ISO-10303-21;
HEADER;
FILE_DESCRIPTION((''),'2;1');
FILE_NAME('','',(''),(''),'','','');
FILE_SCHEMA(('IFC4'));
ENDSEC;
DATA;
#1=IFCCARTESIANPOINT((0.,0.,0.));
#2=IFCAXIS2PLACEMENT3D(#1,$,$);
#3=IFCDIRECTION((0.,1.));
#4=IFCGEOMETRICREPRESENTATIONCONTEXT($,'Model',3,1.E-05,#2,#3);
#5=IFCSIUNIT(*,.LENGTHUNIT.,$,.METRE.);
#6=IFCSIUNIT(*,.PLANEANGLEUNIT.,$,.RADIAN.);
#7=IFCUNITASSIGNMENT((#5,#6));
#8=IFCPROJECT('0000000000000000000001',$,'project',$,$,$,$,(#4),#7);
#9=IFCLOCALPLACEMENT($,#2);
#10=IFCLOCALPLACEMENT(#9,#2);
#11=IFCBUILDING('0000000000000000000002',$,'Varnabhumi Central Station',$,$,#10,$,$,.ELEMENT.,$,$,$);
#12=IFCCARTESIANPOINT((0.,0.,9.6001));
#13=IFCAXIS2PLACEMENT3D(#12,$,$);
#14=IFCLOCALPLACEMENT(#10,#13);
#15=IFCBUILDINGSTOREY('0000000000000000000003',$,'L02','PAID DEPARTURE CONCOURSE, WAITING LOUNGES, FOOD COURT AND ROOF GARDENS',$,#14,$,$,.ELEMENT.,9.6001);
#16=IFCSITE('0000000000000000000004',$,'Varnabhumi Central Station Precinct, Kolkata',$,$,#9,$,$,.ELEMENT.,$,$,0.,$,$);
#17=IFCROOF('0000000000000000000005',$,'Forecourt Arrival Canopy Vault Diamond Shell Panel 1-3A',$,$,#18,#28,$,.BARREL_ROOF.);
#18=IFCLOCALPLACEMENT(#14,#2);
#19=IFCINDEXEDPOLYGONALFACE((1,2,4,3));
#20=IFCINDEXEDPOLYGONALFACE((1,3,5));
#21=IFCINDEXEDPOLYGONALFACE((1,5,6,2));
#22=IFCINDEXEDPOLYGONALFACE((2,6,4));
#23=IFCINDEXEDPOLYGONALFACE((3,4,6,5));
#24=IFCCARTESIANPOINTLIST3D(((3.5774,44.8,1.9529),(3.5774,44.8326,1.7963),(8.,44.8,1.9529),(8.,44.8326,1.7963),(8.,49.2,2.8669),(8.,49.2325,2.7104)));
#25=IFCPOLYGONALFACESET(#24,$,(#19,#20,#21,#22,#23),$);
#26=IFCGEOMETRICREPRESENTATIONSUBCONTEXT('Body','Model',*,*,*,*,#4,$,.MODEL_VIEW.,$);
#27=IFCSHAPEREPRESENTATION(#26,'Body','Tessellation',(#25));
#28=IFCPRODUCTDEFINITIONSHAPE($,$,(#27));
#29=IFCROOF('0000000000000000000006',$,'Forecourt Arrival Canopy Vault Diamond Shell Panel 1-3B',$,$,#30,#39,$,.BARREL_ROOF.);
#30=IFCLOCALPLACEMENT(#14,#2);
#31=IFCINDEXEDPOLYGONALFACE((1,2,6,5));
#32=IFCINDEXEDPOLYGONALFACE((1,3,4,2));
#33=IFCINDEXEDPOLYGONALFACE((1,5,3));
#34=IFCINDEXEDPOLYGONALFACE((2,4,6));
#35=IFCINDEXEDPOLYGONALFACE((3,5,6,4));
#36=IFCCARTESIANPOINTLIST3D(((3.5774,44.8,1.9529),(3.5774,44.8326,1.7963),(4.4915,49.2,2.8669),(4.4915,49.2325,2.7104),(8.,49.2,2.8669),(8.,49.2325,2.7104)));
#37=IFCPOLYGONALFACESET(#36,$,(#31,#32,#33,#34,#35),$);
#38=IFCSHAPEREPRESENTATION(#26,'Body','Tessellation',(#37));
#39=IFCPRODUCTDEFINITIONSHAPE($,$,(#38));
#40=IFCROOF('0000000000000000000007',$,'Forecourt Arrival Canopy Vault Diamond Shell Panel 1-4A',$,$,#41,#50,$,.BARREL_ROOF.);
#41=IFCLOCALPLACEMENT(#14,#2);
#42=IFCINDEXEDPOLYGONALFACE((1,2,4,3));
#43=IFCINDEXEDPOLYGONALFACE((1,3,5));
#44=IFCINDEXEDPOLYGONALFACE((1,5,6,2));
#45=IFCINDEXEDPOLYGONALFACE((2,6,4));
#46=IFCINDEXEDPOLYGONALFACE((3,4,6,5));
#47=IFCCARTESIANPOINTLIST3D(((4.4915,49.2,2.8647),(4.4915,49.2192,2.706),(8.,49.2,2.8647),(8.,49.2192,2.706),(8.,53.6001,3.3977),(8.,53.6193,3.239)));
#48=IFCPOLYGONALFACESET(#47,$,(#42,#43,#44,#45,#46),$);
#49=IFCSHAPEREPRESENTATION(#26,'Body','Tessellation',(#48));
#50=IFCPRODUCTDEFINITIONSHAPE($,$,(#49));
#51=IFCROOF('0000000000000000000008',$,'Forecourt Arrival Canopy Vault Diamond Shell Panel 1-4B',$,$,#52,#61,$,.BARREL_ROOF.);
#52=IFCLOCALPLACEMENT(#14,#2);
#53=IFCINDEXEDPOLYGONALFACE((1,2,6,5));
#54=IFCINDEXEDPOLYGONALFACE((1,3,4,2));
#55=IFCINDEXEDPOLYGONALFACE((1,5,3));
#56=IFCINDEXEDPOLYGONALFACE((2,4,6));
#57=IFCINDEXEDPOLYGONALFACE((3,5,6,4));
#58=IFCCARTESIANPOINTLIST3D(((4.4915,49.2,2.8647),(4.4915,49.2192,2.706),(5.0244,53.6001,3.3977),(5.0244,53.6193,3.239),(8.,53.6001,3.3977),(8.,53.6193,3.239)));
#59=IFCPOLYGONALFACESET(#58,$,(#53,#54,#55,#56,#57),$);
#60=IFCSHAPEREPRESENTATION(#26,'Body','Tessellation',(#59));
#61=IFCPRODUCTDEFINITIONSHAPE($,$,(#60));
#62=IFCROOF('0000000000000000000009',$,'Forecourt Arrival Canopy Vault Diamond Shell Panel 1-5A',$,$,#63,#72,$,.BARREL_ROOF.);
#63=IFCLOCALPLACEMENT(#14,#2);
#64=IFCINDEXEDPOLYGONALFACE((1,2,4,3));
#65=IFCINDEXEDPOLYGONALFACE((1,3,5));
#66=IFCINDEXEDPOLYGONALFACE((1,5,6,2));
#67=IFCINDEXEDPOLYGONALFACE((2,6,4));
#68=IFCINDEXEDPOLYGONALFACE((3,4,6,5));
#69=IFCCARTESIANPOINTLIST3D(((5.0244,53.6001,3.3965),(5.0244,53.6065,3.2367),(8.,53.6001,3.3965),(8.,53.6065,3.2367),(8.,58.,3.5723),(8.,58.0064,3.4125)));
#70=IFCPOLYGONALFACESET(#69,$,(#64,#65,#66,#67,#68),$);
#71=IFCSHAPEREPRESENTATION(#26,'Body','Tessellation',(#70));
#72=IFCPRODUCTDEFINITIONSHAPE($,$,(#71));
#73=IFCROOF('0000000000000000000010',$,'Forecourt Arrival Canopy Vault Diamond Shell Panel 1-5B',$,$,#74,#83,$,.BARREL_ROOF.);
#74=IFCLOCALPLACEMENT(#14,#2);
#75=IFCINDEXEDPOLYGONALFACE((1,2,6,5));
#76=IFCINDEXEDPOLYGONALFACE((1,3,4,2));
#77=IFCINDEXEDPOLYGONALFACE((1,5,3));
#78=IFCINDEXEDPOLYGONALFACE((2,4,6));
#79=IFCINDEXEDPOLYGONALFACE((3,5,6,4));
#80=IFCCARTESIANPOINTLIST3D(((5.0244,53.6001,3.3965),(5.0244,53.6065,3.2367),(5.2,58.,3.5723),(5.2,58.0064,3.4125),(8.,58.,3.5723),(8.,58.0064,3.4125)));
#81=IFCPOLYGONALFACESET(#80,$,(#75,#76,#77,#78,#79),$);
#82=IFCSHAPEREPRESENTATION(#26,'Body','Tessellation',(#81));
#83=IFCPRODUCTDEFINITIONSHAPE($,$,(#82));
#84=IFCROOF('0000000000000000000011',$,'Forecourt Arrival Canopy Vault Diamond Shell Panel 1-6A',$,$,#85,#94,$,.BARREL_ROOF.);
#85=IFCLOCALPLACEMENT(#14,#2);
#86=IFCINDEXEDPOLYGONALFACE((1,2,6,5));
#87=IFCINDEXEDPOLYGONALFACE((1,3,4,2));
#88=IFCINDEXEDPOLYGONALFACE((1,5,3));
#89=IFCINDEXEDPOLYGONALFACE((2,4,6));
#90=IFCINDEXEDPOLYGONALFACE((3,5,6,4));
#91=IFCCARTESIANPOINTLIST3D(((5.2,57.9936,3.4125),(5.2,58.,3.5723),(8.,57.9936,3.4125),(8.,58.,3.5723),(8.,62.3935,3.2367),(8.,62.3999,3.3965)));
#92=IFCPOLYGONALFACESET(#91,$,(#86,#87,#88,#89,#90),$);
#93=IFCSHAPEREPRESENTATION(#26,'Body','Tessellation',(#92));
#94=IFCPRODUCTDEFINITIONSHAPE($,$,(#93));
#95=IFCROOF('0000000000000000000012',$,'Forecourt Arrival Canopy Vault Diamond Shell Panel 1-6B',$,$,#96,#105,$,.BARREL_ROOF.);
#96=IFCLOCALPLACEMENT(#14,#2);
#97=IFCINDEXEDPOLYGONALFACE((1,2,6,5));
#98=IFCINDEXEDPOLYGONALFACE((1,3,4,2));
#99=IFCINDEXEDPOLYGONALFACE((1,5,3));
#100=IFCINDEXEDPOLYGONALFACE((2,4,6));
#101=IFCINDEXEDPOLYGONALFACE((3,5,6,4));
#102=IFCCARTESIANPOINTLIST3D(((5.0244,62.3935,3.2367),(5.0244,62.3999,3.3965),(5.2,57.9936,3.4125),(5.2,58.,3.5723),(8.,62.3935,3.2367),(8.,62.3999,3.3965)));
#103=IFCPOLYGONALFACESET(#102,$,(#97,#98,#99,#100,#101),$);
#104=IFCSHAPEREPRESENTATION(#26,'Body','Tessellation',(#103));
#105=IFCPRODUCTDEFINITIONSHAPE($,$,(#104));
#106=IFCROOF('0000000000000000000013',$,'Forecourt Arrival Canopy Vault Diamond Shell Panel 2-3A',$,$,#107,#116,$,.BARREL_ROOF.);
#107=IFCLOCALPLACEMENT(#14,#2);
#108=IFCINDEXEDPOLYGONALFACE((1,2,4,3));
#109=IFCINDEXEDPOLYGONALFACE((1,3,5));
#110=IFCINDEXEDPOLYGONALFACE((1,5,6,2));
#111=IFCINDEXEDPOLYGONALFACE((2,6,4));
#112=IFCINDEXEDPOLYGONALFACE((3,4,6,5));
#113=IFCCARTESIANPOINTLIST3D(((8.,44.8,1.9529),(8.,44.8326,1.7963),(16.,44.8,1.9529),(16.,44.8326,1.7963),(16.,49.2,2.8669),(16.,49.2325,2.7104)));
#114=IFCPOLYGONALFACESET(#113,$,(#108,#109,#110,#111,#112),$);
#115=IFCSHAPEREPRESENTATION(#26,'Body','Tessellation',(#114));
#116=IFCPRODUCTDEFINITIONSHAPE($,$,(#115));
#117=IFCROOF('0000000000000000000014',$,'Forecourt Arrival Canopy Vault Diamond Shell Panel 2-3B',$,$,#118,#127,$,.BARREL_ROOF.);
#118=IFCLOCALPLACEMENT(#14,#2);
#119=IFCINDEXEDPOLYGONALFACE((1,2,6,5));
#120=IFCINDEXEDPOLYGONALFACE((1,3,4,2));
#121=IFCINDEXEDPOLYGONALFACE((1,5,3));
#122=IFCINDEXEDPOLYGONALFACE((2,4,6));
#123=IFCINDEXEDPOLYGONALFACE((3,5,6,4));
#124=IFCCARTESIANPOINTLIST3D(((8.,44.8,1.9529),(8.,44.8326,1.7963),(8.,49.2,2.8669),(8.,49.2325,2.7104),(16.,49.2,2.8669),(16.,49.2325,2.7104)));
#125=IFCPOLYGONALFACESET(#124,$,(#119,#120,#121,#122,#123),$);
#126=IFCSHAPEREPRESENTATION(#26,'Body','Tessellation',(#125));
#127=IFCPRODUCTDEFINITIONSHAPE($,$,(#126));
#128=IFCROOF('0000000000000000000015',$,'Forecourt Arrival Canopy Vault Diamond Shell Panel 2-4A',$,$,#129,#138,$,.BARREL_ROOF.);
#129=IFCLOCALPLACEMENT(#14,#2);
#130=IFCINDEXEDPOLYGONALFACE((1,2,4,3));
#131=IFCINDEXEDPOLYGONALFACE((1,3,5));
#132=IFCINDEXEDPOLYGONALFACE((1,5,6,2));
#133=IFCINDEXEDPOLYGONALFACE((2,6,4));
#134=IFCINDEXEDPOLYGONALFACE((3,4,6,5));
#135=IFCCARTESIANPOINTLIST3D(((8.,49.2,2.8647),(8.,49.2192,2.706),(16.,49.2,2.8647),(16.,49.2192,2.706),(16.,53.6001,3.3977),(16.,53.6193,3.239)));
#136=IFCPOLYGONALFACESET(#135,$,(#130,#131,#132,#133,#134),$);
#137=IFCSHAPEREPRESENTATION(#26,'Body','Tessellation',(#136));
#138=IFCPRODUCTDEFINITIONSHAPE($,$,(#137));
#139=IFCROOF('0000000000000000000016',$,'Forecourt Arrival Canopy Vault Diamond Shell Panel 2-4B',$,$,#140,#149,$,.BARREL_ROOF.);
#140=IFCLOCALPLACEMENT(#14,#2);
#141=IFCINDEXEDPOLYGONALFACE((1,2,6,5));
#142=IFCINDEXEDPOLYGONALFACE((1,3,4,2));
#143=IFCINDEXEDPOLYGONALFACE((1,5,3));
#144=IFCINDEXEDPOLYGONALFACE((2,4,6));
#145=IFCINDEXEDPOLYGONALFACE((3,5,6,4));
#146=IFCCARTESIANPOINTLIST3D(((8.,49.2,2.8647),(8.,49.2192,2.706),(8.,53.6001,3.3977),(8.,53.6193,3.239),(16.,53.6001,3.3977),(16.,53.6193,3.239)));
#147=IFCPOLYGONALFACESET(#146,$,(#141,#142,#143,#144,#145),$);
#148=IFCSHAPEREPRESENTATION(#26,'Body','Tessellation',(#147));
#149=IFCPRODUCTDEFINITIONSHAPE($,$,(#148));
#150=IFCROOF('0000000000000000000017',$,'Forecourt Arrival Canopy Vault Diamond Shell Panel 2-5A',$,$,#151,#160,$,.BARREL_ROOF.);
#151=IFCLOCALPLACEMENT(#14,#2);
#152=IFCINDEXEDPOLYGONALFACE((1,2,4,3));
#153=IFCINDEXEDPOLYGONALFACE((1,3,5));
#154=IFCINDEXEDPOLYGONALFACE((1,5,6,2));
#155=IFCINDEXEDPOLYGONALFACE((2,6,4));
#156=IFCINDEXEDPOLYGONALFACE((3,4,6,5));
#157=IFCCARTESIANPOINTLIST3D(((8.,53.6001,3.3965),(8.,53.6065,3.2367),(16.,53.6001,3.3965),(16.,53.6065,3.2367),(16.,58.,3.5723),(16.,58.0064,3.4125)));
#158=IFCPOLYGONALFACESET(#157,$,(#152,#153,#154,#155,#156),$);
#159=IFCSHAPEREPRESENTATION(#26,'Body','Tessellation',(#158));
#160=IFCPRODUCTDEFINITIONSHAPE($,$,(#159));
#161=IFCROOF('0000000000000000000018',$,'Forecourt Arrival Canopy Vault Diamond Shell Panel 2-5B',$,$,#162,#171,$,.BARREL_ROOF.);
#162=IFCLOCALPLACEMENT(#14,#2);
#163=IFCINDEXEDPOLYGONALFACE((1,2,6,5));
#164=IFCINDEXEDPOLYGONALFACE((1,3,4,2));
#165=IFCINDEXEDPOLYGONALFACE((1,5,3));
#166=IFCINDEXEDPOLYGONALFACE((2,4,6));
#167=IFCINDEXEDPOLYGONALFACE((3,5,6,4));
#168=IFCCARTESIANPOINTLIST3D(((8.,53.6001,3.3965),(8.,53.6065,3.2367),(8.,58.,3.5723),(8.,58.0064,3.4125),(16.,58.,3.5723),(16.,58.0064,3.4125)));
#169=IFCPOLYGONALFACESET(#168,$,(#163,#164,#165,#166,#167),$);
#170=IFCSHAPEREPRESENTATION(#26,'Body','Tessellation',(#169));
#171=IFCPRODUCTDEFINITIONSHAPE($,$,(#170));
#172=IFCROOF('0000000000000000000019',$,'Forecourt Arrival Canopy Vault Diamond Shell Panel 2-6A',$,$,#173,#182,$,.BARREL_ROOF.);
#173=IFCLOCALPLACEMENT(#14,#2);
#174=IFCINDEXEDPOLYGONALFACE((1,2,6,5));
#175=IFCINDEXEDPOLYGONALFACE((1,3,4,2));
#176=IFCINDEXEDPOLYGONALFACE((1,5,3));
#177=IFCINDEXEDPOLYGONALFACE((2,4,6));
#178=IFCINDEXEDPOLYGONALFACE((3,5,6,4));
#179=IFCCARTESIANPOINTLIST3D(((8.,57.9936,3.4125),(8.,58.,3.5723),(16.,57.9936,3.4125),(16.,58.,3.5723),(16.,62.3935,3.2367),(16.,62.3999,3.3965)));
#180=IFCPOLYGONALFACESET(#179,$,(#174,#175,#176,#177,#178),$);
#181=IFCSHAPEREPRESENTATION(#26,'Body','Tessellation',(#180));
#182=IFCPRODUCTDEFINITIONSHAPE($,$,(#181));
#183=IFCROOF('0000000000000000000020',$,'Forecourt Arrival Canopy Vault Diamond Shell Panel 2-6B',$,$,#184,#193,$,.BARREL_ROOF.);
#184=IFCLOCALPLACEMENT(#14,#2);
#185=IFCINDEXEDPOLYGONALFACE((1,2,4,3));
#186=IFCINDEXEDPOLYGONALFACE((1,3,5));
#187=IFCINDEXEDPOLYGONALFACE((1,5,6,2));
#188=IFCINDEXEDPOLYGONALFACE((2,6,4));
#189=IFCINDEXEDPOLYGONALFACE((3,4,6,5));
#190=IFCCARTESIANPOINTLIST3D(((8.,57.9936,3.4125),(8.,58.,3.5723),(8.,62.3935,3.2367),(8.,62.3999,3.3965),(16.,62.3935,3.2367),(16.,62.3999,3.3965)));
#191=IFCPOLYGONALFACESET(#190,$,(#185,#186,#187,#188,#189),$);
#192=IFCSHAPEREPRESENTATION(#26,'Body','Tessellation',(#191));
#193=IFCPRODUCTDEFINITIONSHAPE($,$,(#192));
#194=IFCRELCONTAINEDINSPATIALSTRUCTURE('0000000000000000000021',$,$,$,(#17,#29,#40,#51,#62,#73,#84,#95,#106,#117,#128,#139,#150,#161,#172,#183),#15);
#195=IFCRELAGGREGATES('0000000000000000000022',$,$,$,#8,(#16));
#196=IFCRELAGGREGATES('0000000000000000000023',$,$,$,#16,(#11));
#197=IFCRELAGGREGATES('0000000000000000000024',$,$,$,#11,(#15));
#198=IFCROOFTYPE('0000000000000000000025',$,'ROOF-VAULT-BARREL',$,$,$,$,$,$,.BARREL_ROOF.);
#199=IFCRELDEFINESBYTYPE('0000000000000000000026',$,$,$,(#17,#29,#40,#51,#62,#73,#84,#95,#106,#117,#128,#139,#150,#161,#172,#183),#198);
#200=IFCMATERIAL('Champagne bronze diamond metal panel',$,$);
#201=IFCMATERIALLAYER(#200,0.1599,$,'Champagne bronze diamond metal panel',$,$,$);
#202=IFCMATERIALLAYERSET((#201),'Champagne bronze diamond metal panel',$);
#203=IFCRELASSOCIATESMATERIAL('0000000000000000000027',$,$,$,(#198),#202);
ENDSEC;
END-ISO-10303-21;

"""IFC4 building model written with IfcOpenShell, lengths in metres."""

from ifc_helpers import new_model, si_unit, direction, frame, origin, place, context, subcontext, project, spatial, polyline, outline, extrude, material, layer, layer_set, type_object, element, save


model = new_model("IFC4")

# Units and contexts
model_context = context("Model", 3, precision=1e-05, world=origin(), true_north=direction((0.0, 1.0)))
body_context = subcontext(model_context, "Body", "Model", "MODEL_VIEW")
ifc_project = project(units=[si_unit("LENGTHUNIT", "METRE"), si_unit("PLANEANGLEUNIT", "RADIAN")], contexts=[model_context])

# Site, building, storey
site_placement = place(None, origin())
site = spatial("IfcSite", under=ifc_project, at=site_placement, Name="Varnabhumi Central Station Precinct, Kolkata", CompositionType="ELEMENT", RefElevation=0.0)
building_placement = place(site_placement, origin())
building = spatial("IfcBuilding", under=site, at=building_placement, Name="Varnabhumi Central Station", CompositionType="ELEMENT")
storey_placement = place(building_placement, frame((0.0, 0.0, 9.6001)))
storey = spatial("IfcBuildingStorey", under=building, at=storey_placement, Name="L02", Description="PAID DEPARTURE CONCOURSE, WAITING LOUNGES, FOOD COURT AND ROOF GARDENS", CompositionType="ELEMENT", Elevation=9.6001)

# Roofs
ifc_material = material(Name="Champagne bronze diamond metal panel")
ifc_layer = layer(ifc_material, 0.1599, Name="Champagne bronze diamond metal panel")
ifc_layer_set = layer_set([ifc_layer], Name="Champagne bronze diamond metal panel")
roof_type = type_object("IfcRoofType", Name="ROOF-VAULT-BARREL", PredefinedType="BARREL_ROOF", material=ifc_layer_set)
roof_1_placement = place(storey_placement, frame((3.5774, 44.8, 1.9529), z_axis=(0.0, -0.203403, 0.979095), x_axis=(1.0, 0.0, 0.0)))
element("IfcRoof", 1, at=roof_1_placement, inside=storey, type_object=roof_type, Name="Forecourt Arrival Canopy Vault Diamond Shell Panel 1-3A", PredefinedType="BARREL_ROOF", context=body_context, shape_type="SweptSolid", body=[
    extrude(outline(polyline([(0.0, 0.0), (4.4226, 0.0), (4.4226, 4.4938), (0.0, 0.0)])), origin(), (0.0, 0.0, -1.0), 0.1599),
])
roof_2_placement = place(storey_placement, frame((3.5774, 44.8, 1.9529), z_axis=(0.0, -0.203403, 0.979095), x_axis=(0.701435, 0.697834, 0.144972)))
element("IfcRoof", 2, at=roof_2_placement, inside=storey, type_object=roof_type, Name="Forecourt Arrival Canopy Vault Diamond Shell Panel 1-3B", PredefinedType="BARREL_ROOF", context=body_context, shape_type="SweptSolid", body=[
    extrude(outline(polyline([(0.0, 0.0), (6.3051, 0.0), (3.8441, 2.5007), (0.0, 0.0)])), origin(), (0.0, 0.0, -1.0), 0.1599),
])
roof_3_placement = place(storey_placement, frame((4.4915, 49.2, 2.8647), z_axis=(0.0, -0.120244, 0.992744), x_axis=(1.0, 0.0, 0.0)))
element("IfcRoof", 3, at=roof_3_placement, inside=storey, type_object=roof_type, Name="Forecourt Arrival Canopy Vault Diamond Shell Panel 1-4A", PredefinedType="BARREL_ROOF", context=body_context, shape_type="SweptSolid", body=[
    extrude(outline(polyline([(0.0, 0.0), (3.5085, 0.0), (3.5085, 4.4323), (0.0, 0.0)])), origin(), (0.0, 0.0, -1.0), 0.1599),
])
roof_4_placement = place(storey_placement, frame((4.4915, 49.2, 2.8647), z_axis=(0.0, -0.120244, 0.992744), x_axis=(0.620663, 0.778388, 0.094281)))
element("IfcRoof", 4, at=roof_4_placement, inside=storey, type_object=roof_type, Name="Forecourt Arrival Canopy Vault Diamond Shell Panel 1-4B", PredefinedType="BARREL_ROOF", context=body_context, shape_type="SweptSolid", body=[
    extrude(outline(polyline([(0.0, 0.0), (5.6529, 0.0), (3.8061, 2.3331), (0.0, 0.0)])), origin(), (0.0, 0.0, -1.0), 0.1599),
])
roof_5_placement = place(storey_placement, frame((5.0244, 53.6001, 3.3965), z_axis=(0.0, -0.039919, 0.999203), x_axis=(1.0, 0.0, 0.0)))
element("IfcRoof", 5, at=roof_5_placement, inside=storey, type_object=roof_type, Name="Forecourt Arrival Canopy Vault Diamond Shell Panel 1-5A", PredefinedType="BARREL_ROOF", context=body_context, shape_type="SweptSolid", body=[
    extrude(outline(polyline([(0.0, 0.0), (2.9756, 0.0), (2.9756, 4.4034), (0.0, 0.0)])), origin(), (0.0, 0.0, -1.0), 0.1599),
])
roof_6_placement = place(storey_placement, frame((5.0244, 53.6001, 3.3965), z_axis=(0.0, -0.039919, 0.999203), x_axis=(0.559897, 0.827902, 0.033076)))
element("IfcRoof", 6, at=roof_6_placement, inside=storey, type_object=roof_type, Name="Forecourt Arrival Canopy Vault Diamond Shell Panel 1-5B", PredefinedType="BARREL_ROOF", context=body_context, shape_type="SweptSolid", body=[
    extrude(outline(polyline([(0.0, 0.0), (5.3145, 0.0), (3.7468, 2.32), (0.0, 0.0)])), origin(), (0.0, 0.0, -1.0), 0.1599),
])
roof_7_placement = place(storey_placement, frame((5.2, 58.0, 3.5723), z_axis=(0.0, 0.039919, 0.999203), x_axis=(1.0, 0.0, 0.0)))
element("IfcRoof", 7, at=roof_7_placement, inside=storey, type_object=roof_type, Name="Forecourt Arrival Canopy Vault Diamond Shell Panel 1-6A", PredefinedType="BARREL_ROOF", context=body_context, shape_type="SweptSolid", body=[
    extrude(outline(polyline([(0.0, 0.0), (2.8, 0.0), (2.8, 4.4034), (0.0, 0.0)])), origin(), (0.0, 0.0, -1.0), 0.1599),
])
roof_8_placement = place(storey_placement, frame((5.2, 58.0, 3.5723), z_axis=(0.0, 0.039919, 0.999203), x_axis=(0.536586, 0.843173, -0.033686)))
element("IfcRoof", 8, at=roof_8_placement, inside=storey, type_object=roof_type, Name="Forecourt Arrival Canopy Vault Diamond Shell Panel 1-6B", PredefinedType="BARREL_ROOF", context=body_context, shape_type="SweptSolid", body=[
    extrude(outline(polyline([(0.0, 0.0), (5.2183, 0.0), (3.6216, 2.5109), (0.0, 0.0)])), origin(), (0.0, 0.0, -1.0), 0.1599),
])
roof_9_placement = place(storey_placement, frame((8.0, 44.8, 1.9529), z_axis=(0.0, -0.203403, 0.979095), x_axis=(1.0, 0.0, 0.0)))
element("IfcRoof", 9, at=roof_9_placement, inside=storey, type_object=roof_type, Name="Forecourt Arrival Canopy Vault Diamond Shell Panel 2-3A", PredefinedType="BARREL_ROOF", context=body_context, shape_type="SweptSolid", body=[
    extrude(outline(polyline([(0.0, 0.0), (8.0, 0.0), (8.0, 4.4938), (0.0, 0.0)])), origin(), (0.0, 0.0, -1.0), 0.1599),
])
roof_10_placement = place(storey_placement, frame((8.0, 44.8, 1.9529), z_axis=(0.0, -0.203403, 0.979095), x_axis=(0.871862, 0.479513, 0.099617)))
element("IfcRoof", 10, at=roof_10_placement, inside=storey, type_object=roof_type, Name="Forecourt Arrival Canopy Vault Diamond Shell Panel 2-3B", PredefinedType="BARREL_ROOF", context=body_context, shape_type="SweptSolid", body=[
    extrude(outline(polyline([(0.0, 0.0), (9.1758, 0.0), (2.2009, 3.918), (0.0, 0.0)])), origin(), (0.0, 0.0, -1.0), 0.1599),
])
roof_11_placement = place(storey_placement, frame((8.0, 49.2, 2.8647), z_axis=(0.0, -0.120244, 0.992744), x_axis=(1.0, 0.0, 0.0)))
element("IfcRoof", 11, at=roof_11_placement, inside=storey, type_object=roof_type, Name="Forecourt Arrival Canopy Vault Diamond Shell Panel 2-4A", PredefinedType="BARREL_ROOF", context=body_context, shape_type="SweptSolid", body=[
    extrude(outline(polyline([(0.0, 0.0), (8.0, 0.0), (8.0, 4.4323), (0.0, 0.0)])), origin(), (0.0, 0.0, -1.0), 0.1599),
])
roof_12_placement = place(storey_placement, frame((8.0, 49.2, 2.8647), z_axis=(0.0, -0.120244, 0.992744), x_axis=(0.87472, 0.481112, 0.058274)))
element("IfcRoof", 12, at=roof_12_placement, inside=storey, type_object=roof_type, Name="Forecourt Arrival Canopy Vault Diamond Shell Panel 2-4B", PredefinedType="BARREL_ROOF", context=body_context, shape_type="SweptSolid", body=[
    extrude(outline(polyline([(0.0, 0.0), (9.1458, 0.0), (2.148, 3.877), (0.0, 0.0)])), origin(), (0.0, 0.0, -1.0), 0.1599),
])
roof_13_placement = place(storey_placement, frame((8.0, 53.6001, 3.3965), z_axis=(0.0, -0.039919, 0.999203), x_axis=(1.0, 0.0, 0.0)))
element("IfcRoof", 13, at=roof_13_placement, inside=storey, type_object=roof_type, Name="Forecourt Arrival Canopy Vault Diamond Shell Panel 2-5A", PredefinedType="BARREL_ROOF", context=body_context, shape_type="SweptSolid", body=[
    extrude(outline(polyline([(0.0, 0.0), (8.0, 0.0), (8.0, 4.4034), (0.0, 0.0)])), origin(), (0.0, 0.0, -1.0), 0.1599),
])
roof_14_placement = place(storey_placement, frame((8.0, 53.6001, 3.3965), z_axis=(0.0, -0.039919, 0.999203), x_axis=(0.876058, 0.481821, 0.019249)))
element("IfcRoof", 14, at=roof_14_placement, inside=storey, type_object=roof_type, Name="Forecourt Arrival Canopy Vault Diamond Shell Panel 2-5B", PredefinedType="BARREL_ROOF", context=body_context, shape_type="SweptSolid", body=[
    extrude(outline(polyline([(0.0, 0.0), (9.1318, 0.0), (2.1234, 3.8576), (0.0, 0.0)])), origin(), (0.0, 0.0, -1.0), 0.1599),
])
roof_15_placement = place(storey_placement, frame((8.0, 58.0, 3.5723), z_axis=(0.0, 0.039919, 0.999203), x_axis=(1.0, 0.0, 0.0)))
element("IfcRoof", 15, at=roof_15_placement, inside=storey, type_object=roof_type, Name="Forecourt Arrival Canopy Vault Diamond Shell Panel 2-6A", PredefinedType="BARREL_ROOF", context=body_context, shape_type="SweptSolid", body=[
    extrude(outline(polyline([(0.0, 0.0), (8.0, 0.0), (8.0, 4.4034), (0.0, 0.0)])), origin(), (0.0, 0.0, -1.0), 0.1599),
])
roof_16_placement = place(storey_placement, frame((8.0, 58.0, 3.5723), z_axis=(0.0, 0.039919, 0.999203), x_axis=(0.876058, 0.481821, -0.019249)))
element("IfcRoof", 16, at=roof_16_placement, inside=storey, type_object=roof_type, Name="Forecourt Arrival Canopy Vault Diamond Shell Panel 2-6B", PredefinedType="BARREL_ROOF", context=body_context, shape_type="SweptSolid", body=[
    extrude(outline(polyline([(0.0, 0.0), (9.1318, 0.0), (2.1234, 3.8576), (0.0, 0.0)])), origin(), (0.0, 0.0, -1.0), 0.1599),
])

save(model, "model.ifc")
